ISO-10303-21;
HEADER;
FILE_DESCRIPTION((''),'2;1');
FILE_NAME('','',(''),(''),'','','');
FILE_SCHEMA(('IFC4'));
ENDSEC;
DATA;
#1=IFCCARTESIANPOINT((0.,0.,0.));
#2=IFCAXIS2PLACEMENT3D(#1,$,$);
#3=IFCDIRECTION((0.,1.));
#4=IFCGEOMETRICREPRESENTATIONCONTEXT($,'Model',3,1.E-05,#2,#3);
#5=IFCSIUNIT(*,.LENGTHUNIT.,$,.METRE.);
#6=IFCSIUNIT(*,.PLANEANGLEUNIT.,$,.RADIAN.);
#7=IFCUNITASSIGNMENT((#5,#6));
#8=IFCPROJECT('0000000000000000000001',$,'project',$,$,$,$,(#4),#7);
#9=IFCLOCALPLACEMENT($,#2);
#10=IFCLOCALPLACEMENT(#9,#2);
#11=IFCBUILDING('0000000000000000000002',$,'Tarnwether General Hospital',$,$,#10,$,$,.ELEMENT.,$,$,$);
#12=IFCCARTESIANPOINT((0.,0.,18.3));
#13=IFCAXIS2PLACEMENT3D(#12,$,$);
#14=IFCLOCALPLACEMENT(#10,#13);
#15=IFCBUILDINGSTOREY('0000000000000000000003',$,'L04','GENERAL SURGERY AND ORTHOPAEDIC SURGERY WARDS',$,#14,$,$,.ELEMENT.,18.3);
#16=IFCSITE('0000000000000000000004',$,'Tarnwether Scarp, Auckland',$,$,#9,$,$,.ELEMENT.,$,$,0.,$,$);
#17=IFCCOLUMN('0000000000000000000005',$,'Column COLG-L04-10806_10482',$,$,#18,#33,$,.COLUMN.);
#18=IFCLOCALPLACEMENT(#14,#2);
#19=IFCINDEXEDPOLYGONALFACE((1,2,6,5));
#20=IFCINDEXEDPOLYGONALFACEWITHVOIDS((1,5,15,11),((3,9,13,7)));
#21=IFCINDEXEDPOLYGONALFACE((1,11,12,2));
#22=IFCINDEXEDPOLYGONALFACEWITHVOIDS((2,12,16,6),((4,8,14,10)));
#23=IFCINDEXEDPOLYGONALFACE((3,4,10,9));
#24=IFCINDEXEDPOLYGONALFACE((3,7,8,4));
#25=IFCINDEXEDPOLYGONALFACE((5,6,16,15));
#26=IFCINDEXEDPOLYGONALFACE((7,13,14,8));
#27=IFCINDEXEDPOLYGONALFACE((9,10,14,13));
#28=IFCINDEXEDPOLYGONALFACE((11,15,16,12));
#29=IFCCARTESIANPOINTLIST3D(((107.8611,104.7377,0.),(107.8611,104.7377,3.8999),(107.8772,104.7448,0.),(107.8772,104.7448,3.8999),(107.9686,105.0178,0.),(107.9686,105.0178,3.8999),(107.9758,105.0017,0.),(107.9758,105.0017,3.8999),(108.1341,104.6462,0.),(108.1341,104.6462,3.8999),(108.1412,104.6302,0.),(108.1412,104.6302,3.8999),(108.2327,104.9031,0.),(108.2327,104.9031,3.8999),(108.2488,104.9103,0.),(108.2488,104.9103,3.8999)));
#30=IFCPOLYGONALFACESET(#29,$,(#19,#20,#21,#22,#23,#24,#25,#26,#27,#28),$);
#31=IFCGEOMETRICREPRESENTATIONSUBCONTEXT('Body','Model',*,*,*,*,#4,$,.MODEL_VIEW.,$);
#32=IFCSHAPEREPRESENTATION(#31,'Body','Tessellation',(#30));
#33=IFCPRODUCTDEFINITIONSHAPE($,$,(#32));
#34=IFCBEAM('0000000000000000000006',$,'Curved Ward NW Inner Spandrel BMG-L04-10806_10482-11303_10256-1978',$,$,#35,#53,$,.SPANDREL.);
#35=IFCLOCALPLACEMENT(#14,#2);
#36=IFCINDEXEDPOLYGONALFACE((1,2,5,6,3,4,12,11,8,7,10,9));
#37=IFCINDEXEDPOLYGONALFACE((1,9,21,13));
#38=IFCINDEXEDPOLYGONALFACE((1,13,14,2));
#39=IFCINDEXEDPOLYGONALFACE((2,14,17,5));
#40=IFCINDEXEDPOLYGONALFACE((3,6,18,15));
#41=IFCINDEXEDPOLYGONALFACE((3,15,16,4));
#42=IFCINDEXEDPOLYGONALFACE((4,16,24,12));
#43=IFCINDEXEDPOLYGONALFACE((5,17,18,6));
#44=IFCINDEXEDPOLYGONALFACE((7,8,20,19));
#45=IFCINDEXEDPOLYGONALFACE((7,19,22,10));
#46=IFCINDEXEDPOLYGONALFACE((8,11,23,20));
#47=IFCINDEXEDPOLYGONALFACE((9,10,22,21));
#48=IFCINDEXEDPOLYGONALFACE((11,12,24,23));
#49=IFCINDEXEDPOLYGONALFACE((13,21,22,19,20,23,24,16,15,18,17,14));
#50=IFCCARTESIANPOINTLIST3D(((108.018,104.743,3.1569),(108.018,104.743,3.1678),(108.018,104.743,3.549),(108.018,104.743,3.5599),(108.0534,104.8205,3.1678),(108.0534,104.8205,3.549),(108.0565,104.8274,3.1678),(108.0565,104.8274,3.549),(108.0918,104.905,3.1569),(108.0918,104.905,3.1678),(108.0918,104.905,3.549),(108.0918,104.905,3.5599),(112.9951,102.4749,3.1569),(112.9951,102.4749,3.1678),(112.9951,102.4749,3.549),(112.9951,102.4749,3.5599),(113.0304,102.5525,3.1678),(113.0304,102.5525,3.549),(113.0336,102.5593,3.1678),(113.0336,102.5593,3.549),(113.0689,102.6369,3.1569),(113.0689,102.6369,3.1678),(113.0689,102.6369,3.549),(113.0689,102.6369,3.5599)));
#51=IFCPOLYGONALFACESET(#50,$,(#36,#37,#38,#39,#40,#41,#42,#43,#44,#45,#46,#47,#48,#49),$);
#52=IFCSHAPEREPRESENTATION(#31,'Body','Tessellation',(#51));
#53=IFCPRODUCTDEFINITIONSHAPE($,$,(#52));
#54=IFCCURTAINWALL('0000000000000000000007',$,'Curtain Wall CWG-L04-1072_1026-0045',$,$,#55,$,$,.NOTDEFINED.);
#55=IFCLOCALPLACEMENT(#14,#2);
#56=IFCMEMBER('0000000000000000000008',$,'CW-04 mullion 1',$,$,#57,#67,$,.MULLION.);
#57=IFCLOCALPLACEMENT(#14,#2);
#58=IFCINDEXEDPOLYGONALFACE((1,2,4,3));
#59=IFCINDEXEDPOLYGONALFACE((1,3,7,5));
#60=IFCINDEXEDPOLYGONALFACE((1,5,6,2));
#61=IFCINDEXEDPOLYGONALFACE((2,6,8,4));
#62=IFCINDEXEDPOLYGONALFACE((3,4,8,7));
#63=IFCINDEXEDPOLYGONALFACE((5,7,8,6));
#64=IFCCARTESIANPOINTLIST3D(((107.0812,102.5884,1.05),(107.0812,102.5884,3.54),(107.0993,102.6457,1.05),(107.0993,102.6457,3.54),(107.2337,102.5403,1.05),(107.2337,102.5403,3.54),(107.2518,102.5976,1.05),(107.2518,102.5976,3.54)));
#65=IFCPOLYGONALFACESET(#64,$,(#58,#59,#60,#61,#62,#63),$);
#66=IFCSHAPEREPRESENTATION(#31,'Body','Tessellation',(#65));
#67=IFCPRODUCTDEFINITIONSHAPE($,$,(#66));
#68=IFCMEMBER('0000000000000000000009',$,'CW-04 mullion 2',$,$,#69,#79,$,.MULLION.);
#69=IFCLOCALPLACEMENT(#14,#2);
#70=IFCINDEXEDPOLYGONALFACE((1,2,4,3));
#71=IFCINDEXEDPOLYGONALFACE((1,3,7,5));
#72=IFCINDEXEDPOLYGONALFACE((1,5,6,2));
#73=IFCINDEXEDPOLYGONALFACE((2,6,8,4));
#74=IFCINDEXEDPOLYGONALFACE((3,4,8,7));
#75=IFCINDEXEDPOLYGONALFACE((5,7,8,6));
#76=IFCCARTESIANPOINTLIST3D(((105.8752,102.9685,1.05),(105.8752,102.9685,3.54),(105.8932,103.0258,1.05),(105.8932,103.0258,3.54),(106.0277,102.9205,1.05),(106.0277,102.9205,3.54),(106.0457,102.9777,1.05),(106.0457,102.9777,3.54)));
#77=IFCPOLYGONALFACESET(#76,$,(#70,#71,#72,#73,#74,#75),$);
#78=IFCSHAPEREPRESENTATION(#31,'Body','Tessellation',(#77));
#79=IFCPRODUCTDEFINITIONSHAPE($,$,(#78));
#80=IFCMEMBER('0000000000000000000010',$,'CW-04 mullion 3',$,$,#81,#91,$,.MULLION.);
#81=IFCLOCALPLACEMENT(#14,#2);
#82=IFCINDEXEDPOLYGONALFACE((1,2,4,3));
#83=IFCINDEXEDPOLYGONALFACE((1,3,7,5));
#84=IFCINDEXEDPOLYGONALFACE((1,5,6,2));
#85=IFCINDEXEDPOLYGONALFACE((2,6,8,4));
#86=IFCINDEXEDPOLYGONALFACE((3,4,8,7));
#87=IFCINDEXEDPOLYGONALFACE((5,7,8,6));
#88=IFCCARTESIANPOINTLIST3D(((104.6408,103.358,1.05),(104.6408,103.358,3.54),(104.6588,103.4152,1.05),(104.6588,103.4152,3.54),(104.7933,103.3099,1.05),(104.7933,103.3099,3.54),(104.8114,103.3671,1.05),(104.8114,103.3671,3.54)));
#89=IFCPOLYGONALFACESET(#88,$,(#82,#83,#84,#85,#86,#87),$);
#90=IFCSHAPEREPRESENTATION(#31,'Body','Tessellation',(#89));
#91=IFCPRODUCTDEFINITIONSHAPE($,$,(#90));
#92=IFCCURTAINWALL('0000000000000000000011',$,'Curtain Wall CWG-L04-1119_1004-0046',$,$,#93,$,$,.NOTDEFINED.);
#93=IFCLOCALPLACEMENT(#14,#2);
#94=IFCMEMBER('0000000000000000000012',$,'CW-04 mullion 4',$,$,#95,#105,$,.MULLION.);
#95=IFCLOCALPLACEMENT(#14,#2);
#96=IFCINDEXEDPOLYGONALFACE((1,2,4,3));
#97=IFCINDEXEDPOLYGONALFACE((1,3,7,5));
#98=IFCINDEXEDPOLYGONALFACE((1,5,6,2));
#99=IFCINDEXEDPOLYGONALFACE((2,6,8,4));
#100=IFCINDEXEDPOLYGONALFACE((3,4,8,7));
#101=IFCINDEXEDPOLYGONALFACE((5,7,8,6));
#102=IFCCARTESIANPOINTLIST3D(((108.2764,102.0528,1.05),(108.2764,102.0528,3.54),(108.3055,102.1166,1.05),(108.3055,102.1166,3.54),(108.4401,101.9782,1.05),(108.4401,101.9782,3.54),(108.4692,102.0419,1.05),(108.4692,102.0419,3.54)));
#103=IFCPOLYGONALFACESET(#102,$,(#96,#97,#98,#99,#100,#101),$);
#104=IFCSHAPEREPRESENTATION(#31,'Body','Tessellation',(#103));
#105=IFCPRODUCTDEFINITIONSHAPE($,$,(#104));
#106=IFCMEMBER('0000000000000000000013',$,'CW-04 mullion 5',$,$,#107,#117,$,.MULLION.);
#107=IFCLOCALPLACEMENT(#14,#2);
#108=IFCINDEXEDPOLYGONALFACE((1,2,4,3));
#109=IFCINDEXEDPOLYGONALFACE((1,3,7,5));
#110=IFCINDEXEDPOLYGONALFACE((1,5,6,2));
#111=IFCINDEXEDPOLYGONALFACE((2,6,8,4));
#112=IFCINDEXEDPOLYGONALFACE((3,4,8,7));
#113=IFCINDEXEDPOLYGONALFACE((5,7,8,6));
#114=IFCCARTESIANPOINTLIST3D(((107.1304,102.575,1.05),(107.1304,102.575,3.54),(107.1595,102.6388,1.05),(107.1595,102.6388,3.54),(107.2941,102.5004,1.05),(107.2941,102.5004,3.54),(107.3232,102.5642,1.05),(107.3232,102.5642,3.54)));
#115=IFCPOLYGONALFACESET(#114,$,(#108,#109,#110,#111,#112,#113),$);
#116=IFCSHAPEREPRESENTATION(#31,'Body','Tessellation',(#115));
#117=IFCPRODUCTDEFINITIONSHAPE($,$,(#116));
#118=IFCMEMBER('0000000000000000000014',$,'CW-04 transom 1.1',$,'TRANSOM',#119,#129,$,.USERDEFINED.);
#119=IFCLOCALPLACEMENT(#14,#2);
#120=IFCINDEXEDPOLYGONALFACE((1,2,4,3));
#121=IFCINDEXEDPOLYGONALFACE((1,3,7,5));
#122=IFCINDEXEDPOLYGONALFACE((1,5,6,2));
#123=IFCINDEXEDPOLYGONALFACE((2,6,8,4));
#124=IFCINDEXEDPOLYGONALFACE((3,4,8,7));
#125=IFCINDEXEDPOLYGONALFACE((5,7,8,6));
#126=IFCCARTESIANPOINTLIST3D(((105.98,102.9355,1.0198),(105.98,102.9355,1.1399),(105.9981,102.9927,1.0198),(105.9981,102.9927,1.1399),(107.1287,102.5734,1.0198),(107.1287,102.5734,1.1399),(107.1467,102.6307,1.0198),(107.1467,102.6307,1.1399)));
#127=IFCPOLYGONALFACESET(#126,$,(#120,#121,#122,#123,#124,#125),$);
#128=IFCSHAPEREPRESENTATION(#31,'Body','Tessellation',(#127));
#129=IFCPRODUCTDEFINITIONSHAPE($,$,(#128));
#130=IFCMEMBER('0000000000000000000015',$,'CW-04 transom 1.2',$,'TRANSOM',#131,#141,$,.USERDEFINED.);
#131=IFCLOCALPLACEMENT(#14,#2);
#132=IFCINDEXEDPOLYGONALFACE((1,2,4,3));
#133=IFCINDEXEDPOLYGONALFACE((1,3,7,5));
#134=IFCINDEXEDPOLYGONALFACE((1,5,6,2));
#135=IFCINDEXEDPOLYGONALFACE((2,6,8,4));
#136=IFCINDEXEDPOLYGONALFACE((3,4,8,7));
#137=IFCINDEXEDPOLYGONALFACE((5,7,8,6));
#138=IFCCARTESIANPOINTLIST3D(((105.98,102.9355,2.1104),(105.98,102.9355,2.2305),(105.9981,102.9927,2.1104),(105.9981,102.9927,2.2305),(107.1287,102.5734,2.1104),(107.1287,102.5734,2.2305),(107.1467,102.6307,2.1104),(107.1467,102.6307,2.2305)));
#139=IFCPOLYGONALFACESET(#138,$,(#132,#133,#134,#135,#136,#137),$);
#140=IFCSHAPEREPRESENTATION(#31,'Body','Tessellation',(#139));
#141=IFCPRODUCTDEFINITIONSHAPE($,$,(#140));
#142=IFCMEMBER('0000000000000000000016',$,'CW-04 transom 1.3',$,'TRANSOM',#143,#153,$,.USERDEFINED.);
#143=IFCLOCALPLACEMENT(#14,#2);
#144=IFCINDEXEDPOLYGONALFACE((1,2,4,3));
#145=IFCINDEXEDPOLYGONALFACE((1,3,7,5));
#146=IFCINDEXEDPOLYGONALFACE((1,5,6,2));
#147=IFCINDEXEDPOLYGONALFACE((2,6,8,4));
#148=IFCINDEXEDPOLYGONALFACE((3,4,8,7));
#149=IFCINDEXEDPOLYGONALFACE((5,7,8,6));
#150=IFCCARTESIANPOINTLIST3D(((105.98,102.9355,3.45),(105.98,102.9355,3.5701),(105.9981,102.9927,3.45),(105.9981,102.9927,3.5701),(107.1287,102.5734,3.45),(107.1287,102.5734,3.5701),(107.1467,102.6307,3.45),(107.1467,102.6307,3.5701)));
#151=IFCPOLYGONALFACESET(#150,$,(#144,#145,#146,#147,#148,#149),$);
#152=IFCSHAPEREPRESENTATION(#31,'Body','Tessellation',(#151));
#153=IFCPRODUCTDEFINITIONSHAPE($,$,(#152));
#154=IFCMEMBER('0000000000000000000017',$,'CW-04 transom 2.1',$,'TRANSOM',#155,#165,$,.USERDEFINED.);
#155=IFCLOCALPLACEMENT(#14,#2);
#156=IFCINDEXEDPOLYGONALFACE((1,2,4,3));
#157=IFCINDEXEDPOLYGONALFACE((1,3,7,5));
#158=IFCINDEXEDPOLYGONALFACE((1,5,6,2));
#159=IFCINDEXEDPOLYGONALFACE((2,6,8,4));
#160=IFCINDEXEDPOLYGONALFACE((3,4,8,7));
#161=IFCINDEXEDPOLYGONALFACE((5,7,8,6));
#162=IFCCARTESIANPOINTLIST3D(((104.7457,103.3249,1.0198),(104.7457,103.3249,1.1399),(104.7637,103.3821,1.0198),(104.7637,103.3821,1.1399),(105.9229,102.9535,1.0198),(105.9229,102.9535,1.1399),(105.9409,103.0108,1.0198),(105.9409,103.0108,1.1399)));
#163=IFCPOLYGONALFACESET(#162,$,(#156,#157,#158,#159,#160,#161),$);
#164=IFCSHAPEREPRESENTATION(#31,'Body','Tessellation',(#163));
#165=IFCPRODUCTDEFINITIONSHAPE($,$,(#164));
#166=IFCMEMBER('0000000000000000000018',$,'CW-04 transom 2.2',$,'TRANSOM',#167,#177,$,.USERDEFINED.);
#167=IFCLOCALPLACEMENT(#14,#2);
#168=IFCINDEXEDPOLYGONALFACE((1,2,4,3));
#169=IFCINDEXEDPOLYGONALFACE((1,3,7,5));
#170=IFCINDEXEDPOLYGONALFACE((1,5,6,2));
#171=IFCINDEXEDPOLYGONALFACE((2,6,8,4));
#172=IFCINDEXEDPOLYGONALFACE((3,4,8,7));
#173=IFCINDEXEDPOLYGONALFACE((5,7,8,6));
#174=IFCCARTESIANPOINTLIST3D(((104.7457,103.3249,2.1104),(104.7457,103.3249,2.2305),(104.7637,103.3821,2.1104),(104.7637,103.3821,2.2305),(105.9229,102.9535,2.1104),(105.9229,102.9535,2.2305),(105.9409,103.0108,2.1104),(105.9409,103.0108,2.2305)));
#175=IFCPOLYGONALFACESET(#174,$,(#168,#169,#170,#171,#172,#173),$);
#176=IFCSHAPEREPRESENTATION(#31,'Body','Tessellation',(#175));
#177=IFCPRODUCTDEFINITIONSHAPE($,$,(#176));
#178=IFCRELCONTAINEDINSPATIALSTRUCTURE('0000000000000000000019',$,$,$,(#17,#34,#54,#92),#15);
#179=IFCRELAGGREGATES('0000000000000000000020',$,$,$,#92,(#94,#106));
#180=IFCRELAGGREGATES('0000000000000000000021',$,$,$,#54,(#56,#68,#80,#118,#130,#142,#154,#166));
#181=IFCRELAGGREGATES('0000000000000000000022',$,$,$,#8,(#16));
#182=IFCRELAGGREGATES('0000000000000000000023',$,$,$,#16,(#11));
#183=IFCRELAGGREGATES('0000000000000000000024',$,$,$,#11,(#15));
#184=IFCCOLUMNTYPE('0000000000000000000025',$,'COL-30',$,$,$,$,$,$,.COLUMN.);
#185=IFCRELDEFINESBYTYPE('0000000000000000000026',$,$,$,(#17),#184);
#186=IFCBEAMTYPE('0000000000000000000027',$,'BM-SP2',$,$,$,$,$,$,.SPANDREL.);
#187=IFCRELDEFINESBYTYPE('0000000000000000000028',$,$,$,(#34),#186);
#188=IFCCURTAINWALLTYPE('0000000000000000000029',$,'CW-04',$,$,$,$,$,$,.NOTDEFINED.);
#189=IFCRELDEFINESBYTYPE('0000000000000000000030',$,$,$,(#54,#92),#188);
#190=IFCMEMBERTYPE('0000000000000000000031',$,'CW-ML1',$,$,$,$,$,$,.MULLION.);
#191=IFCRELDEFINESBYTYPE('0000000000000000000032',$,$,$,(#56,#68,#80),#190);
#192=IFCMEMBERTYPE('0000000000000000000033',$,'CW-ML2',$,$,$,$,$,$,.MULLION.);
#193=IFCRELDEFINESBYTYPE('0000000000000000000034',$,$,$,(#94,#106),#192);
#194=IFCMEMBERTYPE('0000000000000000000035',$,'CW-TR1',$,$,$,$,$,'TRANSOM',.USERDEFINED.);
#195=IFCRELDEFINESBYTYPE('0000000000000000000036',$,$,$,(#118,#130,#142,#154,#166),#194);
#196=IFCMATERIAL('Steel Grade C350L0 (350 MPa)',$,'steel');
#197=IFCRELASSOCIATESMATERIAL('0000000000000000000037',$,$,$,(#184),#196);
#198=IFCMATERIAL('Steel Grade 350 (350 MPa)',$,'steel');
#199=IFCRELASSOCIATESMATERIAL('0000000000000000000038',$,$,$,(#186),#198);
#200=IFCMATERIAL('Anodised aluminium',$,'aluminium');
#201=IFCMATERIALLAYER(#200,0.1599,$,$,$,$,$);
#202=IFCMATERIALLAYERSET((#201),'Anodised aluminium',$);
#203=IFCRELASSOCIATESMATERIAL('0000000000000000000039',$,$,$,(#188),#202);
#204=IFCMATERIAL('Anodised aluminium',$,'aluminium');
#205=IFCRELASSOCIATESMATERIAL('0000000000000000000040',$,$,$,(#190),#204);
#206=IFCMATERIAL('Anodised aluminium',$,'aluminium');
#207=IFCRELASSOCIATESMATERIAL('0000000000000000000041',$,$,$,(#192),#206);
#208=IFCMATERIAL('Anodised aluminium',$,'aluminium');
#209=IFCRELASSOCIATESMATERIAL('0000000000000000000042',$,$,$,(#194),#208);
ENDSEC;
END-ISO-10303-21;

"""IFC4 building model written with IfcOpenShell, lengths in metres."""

from ifc_helpers import new_model, si_unit, direction, frame, origin, origin_2d, place, context, subcontext, project, spatial, rectangle, hollow_rectangle, i_section, extrude, material, layer, layer_set, material_profile, profile_set, type_object, element, aggregate, save


model = new_model("IFC4")

# Units and contexts
model_context = context("Model", 3, precision=1e-05, world=origin(), true_north=direction((0.0, 1.0)))
body_context = subcontext(model_context, "Body", "Model", "MODEL_VIEW")
ifc_project = project(units=[si_unit("LENGTHUNIT", "METRE"), si_unit("PLANEANGLEUNIT", "RADIAN")], contexts=[model_context])

# Site, building, storey
site_placement = place(None, origin())
site = spatial("IfcSite", under=ifc_project, at=site_placement, Name="Tarnwether Scarp, Auckland", CompositionType="ELEMENT", RefElevation=0.0)
building_placement = place(site_placement, origin())
building = spatial("IfcBuilding", under=site, at=building_placement, Name="Tarnwether General Hospital", CompositionType="ELEMENT")
storey_placement = place(building_placement, frame((0.0, 0.0, 18.3)))
storey = spatial("IfcBuildingStorey", under=building, at=storey_placement, Name="L04", Description="GENERAL SURGERY AND ORTHOPAEDIC SURGERY WARDS", CompositionType="ELEMENT", Elevation=18.3)

# Column
ifc_material_1 = material(Name="Steel Grade C350L0 (350 MPa)", Category="steel")
ifc_material_profile_1 = material_profile(ifc_material_1, hollow_rectangle(XDim=0.3, YDim=0.3, WallThickness=0.0125, at=origin_2d()), Name="SHS300x300x12.5")
ifc_profile_set_1 = profile_set([ifc_material_profile_1], Name="Steel Grade C350L0 (350 MPa)")
column_type = type_object("IfcColumnType", Name="COL-30", PredefinedType="COLUMN", material=ifc_profile_set_1)
column_placement = place(storey_placement, frame((108.0549, 104.824, 0.0), z_axis=(0.0, 0.0, 1.0), x_axis=(0.358368, 0.93358, 0.0)))
element("IfcColumn", 1, at=column_placement, inside=storey, type_object=column_type, Name="Column COLG-L04-10806_10482", PredefinedType="COLUMN", context=body_context, shape_type="SweptSolid", body=[
    extrude(hollow_rectangle(XDim=0.3, YDim=0.3, WallThickness=0.0125, at=origin_2d()), origin(), (0.0, 0.0, 1.0), 3.8999),
])

# Beam
ifc_material_2 = material(Name="Steel Grade 350 (350 MPa)", Category="steel")
ifc_material_profile_2 = material_profile(ifc_material_2, i_section(OverallWidth=0.178, OverallDepth=0.4031, WebThickness=0.0076, FlangeThickness=0.011, at=origin_2d()), Name="410UB53.7")
ifc_profile_set_2 = profile_set([ifc_material_profile_2], Name="Steel Grade 350 (350 MPa)")
beam_type = type_object("IfcBeamType", Name="BM-SP2", PredefinedType="SPANDREL", material=ifc_profile_set_2)
beam_placement = place(storey_placement, frame((108.0549, 104.824, 3.3584), z_axis=(0.909969, -0.414677, 0.0), x_axis=(0.414677, 0.909969, 0.0)))
element("IfcBeam", 2, at=beam_placement, inside=storey, type_object=beam_type, Name="Curved Ward NW Inner Spandrel BMG-L04-10806_10482-11303_10256-1978", PredefinedType="SPANDREL", context=body_context, shape_type="SweptSolid", body=[
    extrude(i_section(OverallWidth=0.178, OverallDepth=0.4031, WebThickness=0.0076, FlangeThickness=0.011, at=origin_2d()), origin(), (0.0, 0.0, 1.0), 5.4695),
])

# Curtain walls, members
ifc_material_3 = material(Name="Anodised aluminium", Category="aluminium")
ifc_layer_1 = layer(ifc_material_3, 0.1599)
ifc_layer_set_1 = layer_set([ifc_layer_1], Name="Anodised aluminium")
curtain_wall_type = type_object("IfcCurtainWallType", Name="CW-04", PredefinedType="NOTDEFINED", material=ifc_layer_set_1)
curtain_wall_1_placement = place(storey_placement, origin())
curtain_wall_1 = element("IfcCurtainWall", 3, at=curtain_wall_1_placement, inside=storey, type_object=curtain_wall_type, Name="Curtain Wall CWG-L04-1072_1026-0045", PredefinedType="NOTDEFINED")
ifc_material_4 = material(Name="Anodised aluminium", Category="aluminium")
ifc_material_profile_3 = material_profile(ifc_material_4, rectangle(XDim=0.0601, YDim=0.1599, at=origin_2d()), Name="ALU-MUL-60x160")
ifc_profile_set_3 = profile_set([ifc_material_profile_3], Name="Anodised aluminium")
member_type_1 = type_object("IfcMemberType", Name="CW-ML1", PredefinedType="MULLION", material=ifc_profile_set_3)
member_1_placement = place(storey_placement, frame((107.1665, 102.593, 1.05), z_axis=(0.0, 0.0, 1.0), x_axis=(-0.300715, -0.953714, 0.0)))
member_1 = element("IfcMember", 4, at=member_1_placement, type_object=member_type_1, Name="CW-04 mullion 1", PredefinedType="MULLION", context=body_context, shape_type="SweptSolid", body=[
    extrude(rectangle(XDim=0.0601, YDim=0.1599, at=origin_2d()), origin(), (0.0, 0.0, 1.0), 2.49),
])
member_2_placement = place(storey_placement, frame((105.9604, 102.9731, 1.05), z_axis=(0.0, 0.0, 1.0), x_axis=(-0.300715, -0.953714, 0.0)))
member_2 = element("IfcMember", 5, at=member_2_placement, type_object=member_type_1, Name="CW-04 mullion 2", PredefinedType="MULLION", context=body_context, shape_type="SweptSolid", body=[
    extrude(rectangle(XDim=0.0601, YDim=0.1599, at=origin_2d()), origin(), (0.0, 0.0, 1.0), 2.49),
])
member_3_placement = place(storey_placement, frame((104.7261, 103.3625, 1.05), z_axis=(0.0, 0.0, 1.0), x_axis=(-0.300715, -0.953714, 0.0)))
member_3 = element("IfcMember", 6, at=member_3_placement, type_object=member_type_1, Name="CW-04 mullion 3", PredefinedType="MULLION", context=body_context, shape_type="SweptSolid", body=[
    extrude(rectangle(XDim=0.0601, YDim=0.1599, at=origin_2d()), origin(), (0.0, 0.0, 1.0), 2.49),
])
curtain_wall_2_placement = place(storey_placement, origin())
curtain_wall_2 = element("IfcCurtainWall", 7, at=curtain_wall_2_placement, inside=storey, type_object=curtain_wall_type, Name="Curtain Wall CWG-L04-1119_1004-0046", PredefinedType="NOTDEFINED")
ifc_material_5 = material(Name="Anodised aluminium", Category="aluminium")
ifc_material_profile_4 = material_profile(ifc_material_5, rectangle(XDim=0.0701, YDim=0.1799, at=origin_2d()), Name="ALU-MUL-70x180")
ifc_profile_set_4 = profile_set([ifc_material_profile_4], Name="Anodised aluminium")
member_type_2 = type_object("IfcMemberType", Name="CW-ML2", PredefinedType="MULLION", material=ifc_profile_set_4)
member_4_placement = place(storey_placement, frame((108.3728, 102.0474, 1.05), z_axis=(0.0, 0.0, 1.0), x_axis=(-0.414705, -0.909956, 0.0)))
member_4 = element("IfcMember", 8, at=member_4_placement, type_object=member_type_2, Name="CW-04 mullion 4", PredefinedType="MULLION", context=body_context, shape_type="SweptSolid", body=[
    extrude(rectangle(XDim=0.0701, YDim=0.1799, at=origin_2d()), origin(), (0.0, 0.0, 1.0), 2.49),
])
member_5_placement = place(storey_placement, frame((107.2268, 102.5696, 1.05), z_axis=(0.0, 0.0, 1.0), x_axis=(-0.414705, -0.909956, 0.0)))
member_5 = element("IfcMember", 9, at=member_5_placement, type_object=member_type_2, Name="CW-04 mullion 5", PredefinedType="MULLION", context=body_context, shape_type="SweptSolid", body=[
    extrude(rectangle(XDim=0.0701, YDim=0.1799, at=origin_2d()), origin(), (0.0, 0.0, 1.0), 2.49),
])

# Members
ifc_material_6 = material(Name="Anodised aluminium", Category="aluminium")
ifc_material_profile_5 = material_profile(ifc_material_6, rectangle(XDim=0.0601, YDim=0.1201, at=origin_2d()), Name="ALU-TRN-60x120")
ifc_profile_set_5 = profile_set([ifc_material_profile_5], Name="Anodised aluminium")
member_type_3 = type_object("IfcMemberType", Name="CW-TR1", ElementType="TRANSOM", PredefinedType="USERDEFINED", material=ifc_profile_set_5)
member_6_placement = place(storey_placement, frame((107.1377, 102.6021, 1.0798), z_axis=(-0.953745, 0.300617, 0.0), x_axis=(-0.300617, -0.953745, 0.0)))
member_6 = element("IfcMember", 10, at=member_6_placement, type_object=member_type_3, Name="CW-04 transom 1.1", ObjectType="TRANSOM", PredefinedType="USERDEFINED", context=body_context, shape_type="SweptSolid", body=[
    extrude(rectangle(XDim=0.0601, YDim=0.1201, at=origin_2d()), origin(), (0.0, 0.0, 1.0), 1.2043),
])
member_7_placement = place(storey_placement, frame((107.1377, 102.6021, 2.1704), z_axis=(-0.953745, 0.300617, 0.0), x_axis=(-0.300617, -0.953745, 0.0)))
member_7 = element("IfcMember", 11, at=member_7_placement, type_object=member_type_3, Name="CW-04 transom 1.2", ObjectType="TRANSOM", PredefinedType="USERDEFINED", context=body_context, shape_type="SweptSolid", body=[
    extrude(rectangle(XDim=0.0601, YDim=0.1201, at=origin_2d()), origin(), (0.0, 0.0, 1.0), 1.2043),
])
member_8_placement = place(storey_placement, frame((107.1377, 102.6021, 3.51), z_axis=(-0.953745, 0.300617, 0.0), x_axis=(-0.300617, -0.953745, 0.0)))
member_8 = element("IfcMember", 12, at=member_8_placement, type_object=member_type_3, Name="CW-04 transom 1.3", ObjectType="TRANSOM", PredefinedType="USERDEFINED", context=body_context, shape_type="SweptSolid", body=[
    extrude(rectangle(XDim=0.0601, YDim=0.1201, at=origin_2d()), origin(), (0.0, 0.0, 1.0), 1.2043),
])
member_9_placement = place(storey_placement, frame((105.9319, 102.9822, 1.0798), z_axis=(-0.953681, 0.300819, 0.0), x_axis=(-0.300819, -0.953681, 0.0)))
member_9 = element("IfcMember", 13, at=member_9_placement, type_object=member_type_3, Name="CW-04 transom 2.1", ObjectType="TRANSOM", PredefinedType="USERDEFINED", context=body_context, shape_type="SweptSolid", body=[
    extrude(rectangle(XDim=0.0601, YDim=0.1201, at=origin_2d()), origin(), (0.0, 0.0, 1.0), 1.2344),
])
member_10_placement = place(storey_placement, frame((105.9319, 102.9822, 2.1704), z_axis=(-0.953681, 0.300819, 0.0), x_axis=(-0.300819, -0.953681, 0.0)))
member_10 = element("IfcMember", 14, at=member_10_placement, type_object=member_type_3, Name="CW-04 transom 2.2", ObjectType="TRANSOM", PredefinedType="USERDEFINED", context=body_context, shape_type="SweptSolid", body=[
    extrude(rectangle(XDim=0.0601, YDim=0.1201, at=origin_2d()), origin(), (0.0, 0.0, 1.0), 1.2344),
])

aggregate(curtain_wall_2, [member_4, member_5])
aggregate(curtain_wall_1, [member_1, member_2, member_3, member_6, member_7, member_8, member_9, member_10])

save(model, "model.ifc")
